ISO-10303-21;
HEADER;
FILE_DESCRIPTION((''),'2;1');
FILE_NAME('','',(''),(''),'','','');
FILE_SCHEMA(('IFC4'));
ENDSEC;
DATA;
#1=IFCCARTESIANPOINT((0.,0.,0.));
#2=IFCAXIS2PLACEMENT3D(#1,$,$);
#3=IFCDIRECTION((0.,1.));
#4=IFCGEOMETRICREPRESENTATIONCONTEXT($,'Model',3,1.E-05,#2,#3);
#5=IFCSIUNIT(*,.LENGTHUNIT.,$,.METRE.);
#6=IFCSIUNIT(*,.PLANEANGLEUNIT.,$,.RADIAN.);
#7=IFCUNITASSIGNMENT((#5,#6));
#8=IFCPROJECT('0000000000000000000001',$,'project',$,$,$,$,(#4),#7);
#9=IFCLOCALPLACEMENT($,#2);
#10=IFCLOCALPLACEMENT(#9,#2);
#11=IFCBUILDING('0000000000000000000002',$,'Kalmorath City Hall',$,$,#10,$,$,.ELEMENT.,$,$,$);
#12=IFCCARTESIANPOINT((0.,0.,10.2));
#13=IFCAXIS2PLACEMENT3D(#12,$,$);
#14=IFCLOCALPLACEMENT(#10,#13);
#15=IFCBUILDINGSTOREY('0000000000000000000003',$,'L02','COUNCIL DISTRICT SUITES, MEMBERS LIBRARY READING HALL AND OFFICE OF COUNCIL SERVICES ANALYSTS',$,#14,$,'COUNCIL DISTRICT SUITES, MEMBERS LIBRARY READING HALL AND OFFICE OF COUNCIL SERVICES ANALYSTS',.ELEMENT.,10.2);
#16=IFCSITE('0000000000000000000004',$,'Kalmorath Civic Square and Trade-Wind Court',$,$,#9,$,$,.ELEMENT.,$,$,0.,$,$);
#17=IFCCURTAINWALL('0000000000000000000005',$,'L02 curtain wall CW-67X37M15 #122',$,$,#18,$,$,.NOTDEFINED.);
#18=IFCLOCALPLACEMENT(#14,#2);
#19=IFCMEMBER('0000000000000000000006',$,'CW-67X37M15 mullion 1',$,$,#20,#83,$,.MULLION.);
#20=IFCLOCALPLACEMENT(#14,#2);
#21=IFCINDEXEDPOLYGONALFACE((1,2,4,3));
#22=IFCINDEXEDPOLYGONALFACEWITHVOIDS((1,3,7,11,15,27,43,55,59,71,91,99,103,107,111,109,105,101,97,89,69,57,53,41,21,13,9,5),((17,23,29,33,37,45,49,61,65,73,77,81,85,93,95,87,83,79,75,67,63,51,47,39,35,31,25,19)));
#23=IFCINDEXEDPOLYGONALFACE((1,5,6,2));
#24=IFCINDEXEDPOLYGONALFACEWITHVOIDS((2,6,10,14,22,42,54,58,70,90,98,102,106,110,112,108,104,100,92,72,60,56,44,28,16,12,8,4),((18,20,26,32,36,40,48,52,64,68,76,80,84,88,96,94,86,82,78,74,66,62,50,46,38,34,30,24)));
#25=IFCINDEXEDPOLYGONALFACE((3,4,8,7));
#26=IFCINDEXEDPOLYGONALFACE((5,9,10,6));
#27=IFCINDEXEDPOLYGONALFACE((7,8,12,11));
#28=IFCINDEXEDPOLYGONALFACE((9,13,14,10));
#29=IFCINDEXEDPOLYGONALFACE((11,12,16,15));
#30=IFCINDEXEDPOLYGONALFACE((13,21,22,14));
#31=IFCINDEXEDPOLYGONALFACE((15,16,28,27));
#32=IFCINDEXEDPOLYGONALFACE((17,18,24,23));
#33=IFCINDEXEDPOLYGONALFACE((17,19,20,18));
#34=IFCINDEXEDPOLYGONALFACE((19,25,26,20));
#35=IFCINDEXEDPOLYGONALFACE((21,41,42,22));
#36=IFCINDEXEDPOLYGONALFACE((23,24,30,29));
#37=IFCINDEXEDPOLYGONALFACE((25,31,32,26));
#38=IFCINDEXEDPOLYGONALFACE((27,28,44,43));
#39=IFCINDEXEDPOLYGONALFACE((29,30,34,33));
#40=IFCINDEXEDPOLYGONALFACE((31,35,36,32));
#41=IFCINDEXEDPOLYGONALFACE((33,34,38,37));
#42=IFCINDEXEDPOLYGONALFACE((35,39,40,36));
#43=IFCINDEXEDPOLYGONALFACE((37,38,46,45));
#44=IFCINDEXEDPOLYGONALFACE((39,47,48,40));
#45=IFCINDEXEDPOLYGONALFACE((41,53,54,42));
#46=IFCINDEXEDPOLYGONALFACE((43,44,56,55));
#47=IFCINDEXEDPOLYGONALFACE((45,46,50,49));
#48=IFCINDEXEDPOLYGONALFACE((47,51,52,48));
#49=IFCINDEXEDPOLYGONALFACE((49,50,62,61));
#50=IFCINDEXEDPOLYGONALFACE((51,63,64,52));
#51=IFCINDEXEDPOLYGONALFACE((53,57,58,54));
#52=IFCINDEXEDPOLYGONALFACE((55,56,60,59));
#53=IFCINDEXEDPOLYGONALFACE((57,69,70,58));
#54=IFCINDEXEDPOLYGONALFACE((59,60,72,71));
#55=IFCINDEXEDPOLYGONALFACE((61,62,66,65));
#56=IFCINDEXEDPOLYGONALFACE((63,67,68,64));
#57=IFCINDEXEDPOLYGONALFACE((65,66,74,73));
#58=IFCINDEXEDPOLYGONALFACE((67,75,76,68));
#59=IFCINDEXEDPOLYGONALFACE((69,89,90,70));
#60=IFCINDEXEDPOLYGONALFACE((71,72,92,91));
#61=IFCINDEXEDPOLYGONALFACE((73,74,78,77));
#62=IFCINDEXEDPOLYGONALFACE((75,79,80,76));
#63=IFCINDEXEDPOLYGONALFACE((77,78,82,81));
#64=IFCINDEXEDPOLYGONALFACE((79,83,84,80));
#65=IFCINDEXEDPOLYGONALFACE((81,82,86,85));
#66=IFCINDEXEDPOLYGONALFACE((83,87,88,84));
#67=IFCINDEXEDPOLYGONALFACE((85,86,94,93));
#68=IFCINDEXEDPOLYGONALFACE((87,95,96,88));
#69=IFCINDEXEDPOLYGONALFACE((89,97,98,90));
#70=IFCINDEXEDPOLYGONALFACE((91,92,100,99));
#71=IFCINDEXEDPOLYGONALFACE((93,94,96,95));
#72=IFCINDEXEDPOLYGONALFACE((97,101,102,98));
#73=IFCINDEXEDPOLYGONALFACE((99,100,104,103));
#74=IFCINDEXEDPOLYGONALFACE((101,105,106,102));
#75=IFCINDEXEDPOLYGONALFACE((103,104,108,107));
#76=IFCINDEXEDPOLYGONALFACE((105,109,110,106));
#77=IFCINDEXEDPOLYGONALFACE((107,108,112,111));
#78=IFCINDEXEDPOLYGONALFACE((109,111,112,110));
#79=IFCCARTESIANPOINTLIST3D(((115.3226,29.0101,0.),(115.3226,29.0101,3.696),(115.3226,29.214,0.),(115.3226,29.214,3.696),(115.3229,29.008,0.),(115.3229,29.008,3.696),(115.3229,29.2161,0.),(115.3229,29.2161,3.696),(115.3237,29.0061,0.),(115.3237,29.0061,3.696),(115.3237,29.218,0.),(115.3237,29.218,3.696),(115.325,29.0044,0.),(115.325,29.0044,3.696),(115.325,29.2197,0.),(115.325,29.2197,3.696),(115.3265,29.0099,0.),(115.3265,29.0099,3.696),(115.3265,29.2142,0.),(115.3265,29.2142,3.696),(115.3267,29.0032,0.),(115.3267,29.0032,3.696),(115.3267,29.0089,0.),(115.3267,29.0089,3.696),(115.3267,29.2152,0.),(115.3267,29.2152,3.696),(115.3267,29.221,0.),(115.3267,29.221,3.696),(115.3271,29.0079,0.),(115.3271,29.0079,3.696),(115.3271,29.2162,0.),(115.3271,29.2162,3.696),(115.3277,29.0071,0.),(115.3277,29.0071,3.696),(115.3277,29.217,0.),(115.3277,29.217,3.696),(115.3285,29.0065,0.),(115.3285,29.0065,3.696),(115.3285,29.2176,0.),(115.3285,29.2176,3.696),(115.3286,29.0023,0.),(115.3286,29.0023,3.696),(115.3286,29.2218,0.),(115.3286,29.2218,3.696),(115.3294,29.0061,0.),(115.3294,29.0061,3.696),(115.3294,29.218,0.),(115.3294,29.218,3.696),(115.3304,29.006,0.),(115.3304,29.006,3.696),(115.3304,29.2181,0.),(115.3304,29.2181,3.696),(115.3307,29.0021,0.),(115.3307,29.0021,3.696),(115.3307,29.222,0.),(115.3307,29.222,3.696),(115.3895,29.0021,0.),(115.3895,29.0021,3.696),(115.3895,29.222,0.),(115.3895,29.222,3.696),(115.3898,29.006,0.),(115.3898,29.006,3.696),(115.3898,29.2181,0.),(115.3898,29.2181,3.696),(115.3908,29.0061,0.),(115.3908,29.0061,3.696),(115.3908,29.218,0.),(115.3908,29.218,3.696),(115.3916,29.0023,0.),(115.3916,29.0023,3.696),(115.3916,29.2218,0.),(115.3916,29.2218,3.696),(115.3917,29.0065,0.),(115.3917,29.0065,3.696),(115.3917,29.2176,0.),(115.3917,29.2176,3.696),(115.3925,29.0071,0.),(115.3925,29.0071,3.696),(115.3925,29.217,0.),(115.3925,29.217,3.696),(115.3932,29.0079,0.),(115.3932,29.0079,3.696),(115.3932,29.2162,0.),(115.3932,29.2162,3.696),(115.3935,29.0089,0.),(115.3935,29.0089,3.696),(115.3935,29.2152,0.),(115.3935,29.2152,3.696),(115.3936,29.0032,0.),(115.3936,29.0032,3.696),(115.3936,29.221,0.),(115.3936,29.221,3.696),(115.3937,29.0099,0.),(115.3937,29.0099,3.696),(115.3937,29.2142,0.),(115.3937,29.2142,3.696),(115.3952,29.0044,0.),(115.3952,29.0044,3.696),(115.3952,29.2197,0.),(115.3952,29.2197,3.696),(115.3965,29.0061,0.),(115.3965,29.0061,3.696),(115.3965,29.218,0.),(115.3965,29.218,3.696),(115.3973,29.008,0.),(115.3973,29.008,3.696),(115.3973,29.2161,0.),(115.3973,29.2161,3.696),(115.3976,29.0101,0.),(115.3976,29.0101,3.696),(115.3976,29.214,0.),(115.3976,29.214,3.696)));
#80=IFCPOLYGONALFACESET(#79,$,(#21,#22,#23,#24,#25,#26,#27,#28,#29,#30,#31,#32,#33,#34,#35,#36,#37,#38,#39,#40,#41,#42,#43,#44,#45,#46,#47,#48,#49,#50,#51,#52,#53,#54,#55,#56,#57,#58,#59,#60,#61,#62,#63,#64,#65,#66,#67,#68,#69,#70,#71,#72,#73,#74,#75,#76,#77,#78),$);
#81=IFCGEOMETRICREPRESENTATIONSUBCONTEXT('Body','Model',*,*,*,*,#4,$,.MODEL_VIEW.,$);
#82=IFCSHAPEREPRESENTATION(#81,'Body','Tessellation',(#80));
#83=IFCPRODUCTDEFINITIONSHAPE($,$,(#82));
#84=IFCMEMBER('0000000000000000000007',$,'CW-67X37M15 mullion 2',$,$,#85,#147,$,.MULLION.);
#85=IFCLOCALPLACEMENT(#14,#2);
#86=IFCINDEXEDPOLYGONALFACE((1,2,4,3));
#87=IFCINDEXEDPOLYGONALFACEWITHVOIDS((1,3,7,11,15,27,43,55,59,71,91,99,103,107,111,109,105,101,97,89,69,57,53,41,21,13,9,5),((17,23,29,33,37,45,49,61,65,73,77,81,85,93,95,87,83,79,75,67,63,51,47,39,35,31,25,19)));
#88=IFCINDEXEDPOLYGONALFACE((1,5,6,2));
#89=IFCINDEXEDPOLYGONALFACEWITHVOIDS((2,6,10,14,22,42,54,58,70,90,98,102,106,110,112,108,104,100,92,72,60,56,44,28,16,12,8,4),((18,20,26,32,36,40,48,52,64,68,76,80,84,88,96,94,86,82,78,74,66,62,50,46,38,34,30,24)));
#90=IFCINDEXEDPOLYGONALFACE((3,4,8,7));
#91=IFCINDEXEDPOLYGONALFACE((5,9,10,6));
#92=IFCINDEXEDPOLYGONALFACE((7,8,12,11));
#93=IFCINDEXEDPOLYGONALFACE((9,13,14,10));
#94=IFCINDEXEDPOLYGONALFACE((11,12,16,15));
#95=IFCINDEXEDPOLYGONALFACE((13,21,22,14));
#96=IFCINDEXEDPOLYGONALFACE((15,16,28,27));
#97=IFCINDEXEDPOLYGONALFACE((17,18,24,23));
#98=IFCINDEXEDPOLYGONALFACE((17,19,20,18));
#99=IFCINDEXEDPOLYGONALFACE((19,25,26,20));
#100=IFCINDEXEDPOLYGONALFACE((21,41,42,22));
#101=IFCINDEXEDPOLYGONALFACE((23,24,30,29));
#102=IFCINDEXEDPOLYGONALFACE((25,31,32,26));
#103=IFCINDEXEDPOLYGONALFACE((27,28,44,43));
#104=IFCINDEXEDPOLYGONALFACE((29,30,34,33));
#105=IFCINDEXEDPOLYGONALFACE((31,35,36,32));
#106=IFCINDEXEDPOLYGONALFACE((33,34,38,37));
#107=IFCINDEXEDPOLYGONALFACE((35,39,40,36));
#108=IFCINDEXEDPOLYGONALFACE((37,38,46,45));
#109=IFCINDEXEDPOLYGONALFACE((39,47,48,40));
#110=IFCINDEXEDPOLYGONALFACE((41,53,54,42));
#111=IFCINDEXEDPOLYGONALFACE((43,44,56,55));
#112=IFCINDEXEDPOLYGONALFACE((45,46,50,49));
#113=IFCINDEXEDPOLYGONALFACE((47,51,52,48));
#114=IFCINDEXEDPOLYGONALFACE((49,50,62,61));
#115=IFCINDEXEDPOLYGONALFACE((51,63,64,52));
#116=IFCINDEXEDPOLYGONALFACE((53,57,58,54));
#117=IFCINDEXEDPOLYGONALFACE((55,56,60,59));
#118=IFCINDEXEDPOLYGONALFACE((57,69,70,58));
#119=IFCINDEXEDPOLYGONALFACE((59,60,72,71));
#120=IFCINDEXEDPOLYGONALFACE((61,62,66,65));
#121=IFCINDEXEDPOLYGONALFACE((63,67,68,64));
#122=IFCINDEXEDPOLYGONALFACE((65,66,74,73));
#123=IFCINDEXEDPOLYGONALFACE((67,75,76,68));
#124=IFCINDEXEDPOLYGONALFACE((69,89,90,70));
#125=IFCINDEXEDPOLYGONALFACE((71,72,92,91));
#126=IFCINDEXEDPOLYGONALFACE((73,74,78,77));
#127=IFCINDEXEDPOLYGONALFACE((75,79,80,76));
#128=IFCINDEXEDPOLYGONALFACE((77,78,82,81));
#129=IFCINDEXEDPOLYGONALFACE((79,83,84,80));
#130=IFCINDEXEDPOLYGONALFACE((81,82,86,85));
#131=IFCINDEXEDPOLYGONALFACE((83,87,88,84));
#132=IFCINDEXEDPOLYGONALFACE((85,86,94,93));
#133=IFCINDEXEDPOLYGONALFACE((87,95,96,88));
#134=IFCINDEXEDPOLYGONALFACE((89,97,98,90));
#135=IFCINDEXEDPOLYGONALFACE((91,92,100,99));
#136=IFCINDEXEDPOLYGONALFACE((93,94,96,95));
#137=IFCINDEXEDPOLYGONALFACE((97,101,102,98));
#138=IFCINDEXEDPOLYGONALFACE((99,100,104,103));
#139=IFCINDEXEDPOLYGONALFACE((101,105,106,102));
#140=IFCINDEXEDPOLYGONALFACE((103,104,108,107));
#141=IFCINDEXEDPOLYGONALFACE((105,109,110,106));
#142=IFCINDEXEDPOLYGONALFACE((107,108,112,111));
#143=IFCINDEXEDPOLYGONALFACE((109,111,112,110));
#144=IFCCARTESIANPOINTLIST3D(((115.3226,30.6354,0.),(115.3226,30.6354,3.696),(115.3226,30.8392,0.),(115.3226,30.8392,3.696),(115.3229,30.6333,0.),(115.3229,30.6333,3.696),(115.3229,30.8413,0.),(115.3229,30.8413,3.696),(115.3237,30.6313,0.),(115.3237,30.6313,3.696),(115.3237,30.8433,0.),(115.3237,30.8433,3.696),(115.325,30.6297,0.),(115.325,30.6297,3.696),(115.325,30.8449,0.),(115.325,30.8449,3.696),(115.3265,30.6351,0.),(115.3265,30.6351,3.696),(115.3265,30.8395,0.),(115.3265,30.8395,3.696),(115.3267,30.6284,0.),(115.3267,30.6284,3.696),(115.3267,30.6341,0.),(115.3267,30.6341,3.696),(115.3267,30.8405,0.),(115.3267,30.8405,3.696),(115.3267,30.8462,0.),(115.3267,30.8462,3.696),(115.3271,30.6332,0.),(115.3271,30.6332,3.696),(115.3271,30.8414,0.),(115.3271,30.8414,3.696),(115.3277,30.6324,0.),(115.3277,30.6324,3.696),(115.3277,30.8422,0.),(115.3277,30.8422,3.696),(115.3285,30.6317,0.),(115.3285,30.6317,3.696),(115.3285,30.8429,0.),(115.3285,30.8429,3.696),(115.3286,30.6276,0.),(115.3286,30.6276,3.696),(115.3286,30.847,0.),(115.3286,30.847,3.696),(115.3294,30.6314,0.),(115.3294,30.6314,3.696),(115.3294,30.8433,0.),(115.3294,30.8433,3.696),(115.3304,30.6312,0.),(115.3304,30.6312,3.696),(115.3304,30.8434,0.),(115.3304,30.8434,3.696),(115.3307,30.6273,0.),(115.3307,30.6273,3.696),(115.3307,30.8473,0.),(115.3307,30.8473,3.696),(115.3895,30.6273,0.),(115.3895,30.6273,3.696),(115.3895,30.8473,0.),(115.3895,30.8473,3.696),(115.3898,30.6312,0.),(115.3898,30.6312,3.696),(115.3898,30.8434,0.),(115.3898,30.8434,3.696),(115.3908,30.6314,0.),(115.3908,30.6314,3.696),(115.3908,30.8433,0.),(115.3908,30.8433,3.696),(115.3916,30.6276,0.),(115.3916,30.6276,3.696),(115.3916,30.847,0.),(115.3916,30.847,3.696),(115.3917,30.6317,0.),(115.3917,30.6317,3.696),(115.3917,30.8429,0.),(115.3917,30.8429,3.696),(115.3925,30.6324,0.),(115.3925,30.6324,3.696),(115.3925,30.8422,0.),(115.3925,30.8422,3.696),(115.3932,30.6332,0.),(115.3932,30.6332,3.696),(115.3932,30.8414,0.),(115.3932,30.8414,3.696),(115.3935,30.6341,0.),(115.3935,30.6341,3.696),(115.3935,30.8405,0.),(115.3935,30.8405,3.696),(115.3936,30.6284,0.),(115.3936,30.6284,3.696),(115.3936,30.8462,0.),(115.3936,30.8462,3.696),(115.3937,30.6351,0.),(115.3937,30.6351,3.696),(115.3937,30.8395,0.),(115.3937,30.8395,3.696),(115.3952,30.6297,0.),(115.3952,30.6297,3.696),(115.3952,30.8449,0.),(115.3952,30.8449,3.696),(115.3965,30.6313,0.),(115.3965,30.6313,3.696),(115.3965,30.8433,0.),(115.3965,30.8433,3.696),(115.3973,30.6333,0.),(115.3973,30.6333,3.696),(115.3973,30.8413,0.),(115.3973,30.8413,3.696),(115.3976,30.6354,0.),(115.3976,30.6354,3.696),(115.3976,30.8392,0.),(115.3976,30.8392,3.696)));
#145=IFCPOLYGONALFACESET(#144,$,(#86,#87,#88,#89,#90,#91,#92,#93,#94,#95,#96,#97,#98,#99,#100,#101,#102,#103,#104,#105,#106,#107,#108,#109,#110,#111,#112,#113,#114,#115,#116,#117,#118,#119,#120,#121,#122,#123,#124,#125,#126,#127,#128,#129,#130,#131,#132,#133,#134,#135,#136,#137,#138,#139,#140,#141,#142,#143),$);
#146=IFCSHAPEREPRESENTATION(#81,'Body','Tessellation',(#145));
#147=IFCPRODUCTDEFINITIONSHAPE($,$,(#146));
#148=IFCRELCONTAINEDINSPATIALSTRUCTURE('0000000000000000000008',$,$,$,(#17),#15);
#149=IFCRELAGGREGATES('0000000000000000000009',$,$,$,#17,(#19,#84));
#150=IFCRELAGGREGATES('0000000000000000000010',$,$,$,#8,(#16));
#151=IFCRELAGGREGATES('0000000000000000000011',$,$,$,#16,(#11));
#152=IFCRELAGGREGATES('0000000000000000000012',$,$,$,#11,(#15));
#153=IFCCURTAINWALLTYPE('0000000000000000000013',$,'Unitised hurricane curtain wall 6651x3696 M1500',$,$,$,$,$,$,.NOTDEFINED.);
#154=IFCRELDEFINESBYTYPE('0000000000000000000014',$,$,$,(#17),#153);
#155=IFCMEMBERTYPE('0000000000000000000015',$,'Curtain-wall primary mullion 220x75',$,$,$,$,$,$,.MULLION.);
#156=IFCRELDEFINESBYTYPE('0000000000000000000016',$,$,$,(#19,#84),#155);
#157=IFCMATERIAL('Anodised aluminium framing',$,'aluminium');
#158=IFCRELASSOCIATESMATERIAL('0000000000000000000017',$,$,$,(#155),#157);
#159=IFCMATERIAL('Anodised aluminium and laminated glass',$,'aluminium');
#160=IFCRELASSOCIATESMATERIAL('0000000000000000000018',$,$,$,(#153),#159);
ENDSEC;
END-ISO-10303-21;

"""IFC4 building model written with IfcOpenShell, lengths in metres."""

from ifc_helpers import new_model, si_unit, direction, frame, origin, origin_2d, place, context, subcontext, project, spatial, hollow_rectangle, extrude, material, material_profile, profile_set, type_object, element, aggregate, save


model = new_model("IFC4")

# Units and contexts
model_context = context("Model", 3, precision=1e-05, world=origin(), true_north=direction((0.0, 1.0)))
body_context = subcontext(model_context, "Body", "Model", "MODEL_VIEW")
ifc_project = project(units=[si_unit("LENGTHUNIT", "METRE"), si_unit("PLANEANGLEUNIT", "RADIAN")], contexts=[model_context])

# Site, building, storey
site_placement = place(None, origin())
site = spatial("IfcSite", under=ifc_project, at=site_placement, Name="Kalmorath Civic Square and Trade-Wind Court", CompositionType="ELEMENT", RefElevation=0.0)
building_placement = place(site_placement, origin())
building = spatial("IfcBuilding", under=site, at=building_placement, Name="Kalmorath City Hall", CompositionType="ELEMENT")
storey_placement = place(building_placement, frame((0.0, 0.0, 10.2)))
storey = spatial("IfcBuildingStorey", under=building, at=storey_placement, Name="L02", Description="COUNCIL DISTRICT SUITES, MEMBERS LIBRARY READING HALL AND OFFICE OF COUNCIL SERVICES ANALYSTS", LongName="COUNCIL DISTRICT SUITES, MEMBERS LIBRARY READING HALL AND OFFICE OF COUNCIL SERVICES ANALYSTS", CompositionType="ELEMENT", Elevation=10.2)

# Curtain wall, members
ifc_material_1 = material(Name="Anodised aluminium framing", Category="aluminium")
ifc_material_profile_1 = material_profile(ifc_material_1, hollow_rectangle(XDim=0.075, YDim=0.22, WallThickness=0.0039, InnerFilletRadius=0.0039, OuterFilletRadius=0.0081, at=origin_2d()), Name="ALU-MUL-220X75X4")
ifc_profile_set_1 = profile_set([ifc_material_profile_1], Name="Anodised aluminium framing")
member_type_1 = type_object("IfcMemberType", Name="Curtain-wall primary mullion 220x75", PredefinedType="MULLION", material=ifc_profile_set_1)
ifc_material_2 = material(Name="Anodised aluminium and laminated glass", Category="aluminium")
curtain_wall_type_1 = type_object("IfcCurtainWallType", Name="Unitised hurricane curtain wall 6651x3696 M1500", PredefinedType="NOTDEFINED", material=ifc_material_2)
curtain_wall_1_placement = place(storey_placement, origin())
curtain_wall_1 = element("IfcCurtainWall", 1, at=curtain_wall_1_placement, inside=storey, type_object=curtain_wall_type_1, Name="L02 curtain wall CW-67X37M15 #122", PredefinedType="NOTDEFINED")
member_1_placement = place(storey_placement, frame((115.3601, 29.1121, 0.0), z_axis=(0.0, 0.0, 1.0), x_axis=(-1.0, 0.0, 0.0)))
member_1 = element("IfcMember", 2, at=member_1_placement, type_object=member_type_1, Name="CW-67X37M15 mullion 1", PredefinedType="MULLION", context=body_context, shape_type="SweptSolid", body=[
    extrude(hollow_rectangle(XDim=0.075, YDim=0.22, WallThickness=0.0039, InnerFilletRadius=0.0039, OuterFilletRadius=0.0081, at=origin_2d()), origin(), (0.0, 0.0, 1.0), 3.696),
])
member_2_placement = place(storey_placement, frame((115.3601, 30.7373, 0.0), z_axis=(0.0, 0.0, 1.0), x_axis=(-1.0, 0.0, 0.0)))
member_2 = element("IfcMember", 3, at=member_2_placement, type_object=member_type_1, Name="CW-67X37M15 mullion 2", PredefinedType="MULLION", context=body_context, shape_type="SweptSolid", body=[
    extrude(hollow_rectangle(XDim=0.075, YDim=0.22, WallThickness=0.0039, InnerFilletRadius=0.0039, OuterFilletRadius=0.0081, at=origin_2d()), origin(), (0.0, 0.0, 1.0), 3.696),
])

aggregate(curtain_wall_1, [member_1, member_2])

save(model, "model.ifc")
